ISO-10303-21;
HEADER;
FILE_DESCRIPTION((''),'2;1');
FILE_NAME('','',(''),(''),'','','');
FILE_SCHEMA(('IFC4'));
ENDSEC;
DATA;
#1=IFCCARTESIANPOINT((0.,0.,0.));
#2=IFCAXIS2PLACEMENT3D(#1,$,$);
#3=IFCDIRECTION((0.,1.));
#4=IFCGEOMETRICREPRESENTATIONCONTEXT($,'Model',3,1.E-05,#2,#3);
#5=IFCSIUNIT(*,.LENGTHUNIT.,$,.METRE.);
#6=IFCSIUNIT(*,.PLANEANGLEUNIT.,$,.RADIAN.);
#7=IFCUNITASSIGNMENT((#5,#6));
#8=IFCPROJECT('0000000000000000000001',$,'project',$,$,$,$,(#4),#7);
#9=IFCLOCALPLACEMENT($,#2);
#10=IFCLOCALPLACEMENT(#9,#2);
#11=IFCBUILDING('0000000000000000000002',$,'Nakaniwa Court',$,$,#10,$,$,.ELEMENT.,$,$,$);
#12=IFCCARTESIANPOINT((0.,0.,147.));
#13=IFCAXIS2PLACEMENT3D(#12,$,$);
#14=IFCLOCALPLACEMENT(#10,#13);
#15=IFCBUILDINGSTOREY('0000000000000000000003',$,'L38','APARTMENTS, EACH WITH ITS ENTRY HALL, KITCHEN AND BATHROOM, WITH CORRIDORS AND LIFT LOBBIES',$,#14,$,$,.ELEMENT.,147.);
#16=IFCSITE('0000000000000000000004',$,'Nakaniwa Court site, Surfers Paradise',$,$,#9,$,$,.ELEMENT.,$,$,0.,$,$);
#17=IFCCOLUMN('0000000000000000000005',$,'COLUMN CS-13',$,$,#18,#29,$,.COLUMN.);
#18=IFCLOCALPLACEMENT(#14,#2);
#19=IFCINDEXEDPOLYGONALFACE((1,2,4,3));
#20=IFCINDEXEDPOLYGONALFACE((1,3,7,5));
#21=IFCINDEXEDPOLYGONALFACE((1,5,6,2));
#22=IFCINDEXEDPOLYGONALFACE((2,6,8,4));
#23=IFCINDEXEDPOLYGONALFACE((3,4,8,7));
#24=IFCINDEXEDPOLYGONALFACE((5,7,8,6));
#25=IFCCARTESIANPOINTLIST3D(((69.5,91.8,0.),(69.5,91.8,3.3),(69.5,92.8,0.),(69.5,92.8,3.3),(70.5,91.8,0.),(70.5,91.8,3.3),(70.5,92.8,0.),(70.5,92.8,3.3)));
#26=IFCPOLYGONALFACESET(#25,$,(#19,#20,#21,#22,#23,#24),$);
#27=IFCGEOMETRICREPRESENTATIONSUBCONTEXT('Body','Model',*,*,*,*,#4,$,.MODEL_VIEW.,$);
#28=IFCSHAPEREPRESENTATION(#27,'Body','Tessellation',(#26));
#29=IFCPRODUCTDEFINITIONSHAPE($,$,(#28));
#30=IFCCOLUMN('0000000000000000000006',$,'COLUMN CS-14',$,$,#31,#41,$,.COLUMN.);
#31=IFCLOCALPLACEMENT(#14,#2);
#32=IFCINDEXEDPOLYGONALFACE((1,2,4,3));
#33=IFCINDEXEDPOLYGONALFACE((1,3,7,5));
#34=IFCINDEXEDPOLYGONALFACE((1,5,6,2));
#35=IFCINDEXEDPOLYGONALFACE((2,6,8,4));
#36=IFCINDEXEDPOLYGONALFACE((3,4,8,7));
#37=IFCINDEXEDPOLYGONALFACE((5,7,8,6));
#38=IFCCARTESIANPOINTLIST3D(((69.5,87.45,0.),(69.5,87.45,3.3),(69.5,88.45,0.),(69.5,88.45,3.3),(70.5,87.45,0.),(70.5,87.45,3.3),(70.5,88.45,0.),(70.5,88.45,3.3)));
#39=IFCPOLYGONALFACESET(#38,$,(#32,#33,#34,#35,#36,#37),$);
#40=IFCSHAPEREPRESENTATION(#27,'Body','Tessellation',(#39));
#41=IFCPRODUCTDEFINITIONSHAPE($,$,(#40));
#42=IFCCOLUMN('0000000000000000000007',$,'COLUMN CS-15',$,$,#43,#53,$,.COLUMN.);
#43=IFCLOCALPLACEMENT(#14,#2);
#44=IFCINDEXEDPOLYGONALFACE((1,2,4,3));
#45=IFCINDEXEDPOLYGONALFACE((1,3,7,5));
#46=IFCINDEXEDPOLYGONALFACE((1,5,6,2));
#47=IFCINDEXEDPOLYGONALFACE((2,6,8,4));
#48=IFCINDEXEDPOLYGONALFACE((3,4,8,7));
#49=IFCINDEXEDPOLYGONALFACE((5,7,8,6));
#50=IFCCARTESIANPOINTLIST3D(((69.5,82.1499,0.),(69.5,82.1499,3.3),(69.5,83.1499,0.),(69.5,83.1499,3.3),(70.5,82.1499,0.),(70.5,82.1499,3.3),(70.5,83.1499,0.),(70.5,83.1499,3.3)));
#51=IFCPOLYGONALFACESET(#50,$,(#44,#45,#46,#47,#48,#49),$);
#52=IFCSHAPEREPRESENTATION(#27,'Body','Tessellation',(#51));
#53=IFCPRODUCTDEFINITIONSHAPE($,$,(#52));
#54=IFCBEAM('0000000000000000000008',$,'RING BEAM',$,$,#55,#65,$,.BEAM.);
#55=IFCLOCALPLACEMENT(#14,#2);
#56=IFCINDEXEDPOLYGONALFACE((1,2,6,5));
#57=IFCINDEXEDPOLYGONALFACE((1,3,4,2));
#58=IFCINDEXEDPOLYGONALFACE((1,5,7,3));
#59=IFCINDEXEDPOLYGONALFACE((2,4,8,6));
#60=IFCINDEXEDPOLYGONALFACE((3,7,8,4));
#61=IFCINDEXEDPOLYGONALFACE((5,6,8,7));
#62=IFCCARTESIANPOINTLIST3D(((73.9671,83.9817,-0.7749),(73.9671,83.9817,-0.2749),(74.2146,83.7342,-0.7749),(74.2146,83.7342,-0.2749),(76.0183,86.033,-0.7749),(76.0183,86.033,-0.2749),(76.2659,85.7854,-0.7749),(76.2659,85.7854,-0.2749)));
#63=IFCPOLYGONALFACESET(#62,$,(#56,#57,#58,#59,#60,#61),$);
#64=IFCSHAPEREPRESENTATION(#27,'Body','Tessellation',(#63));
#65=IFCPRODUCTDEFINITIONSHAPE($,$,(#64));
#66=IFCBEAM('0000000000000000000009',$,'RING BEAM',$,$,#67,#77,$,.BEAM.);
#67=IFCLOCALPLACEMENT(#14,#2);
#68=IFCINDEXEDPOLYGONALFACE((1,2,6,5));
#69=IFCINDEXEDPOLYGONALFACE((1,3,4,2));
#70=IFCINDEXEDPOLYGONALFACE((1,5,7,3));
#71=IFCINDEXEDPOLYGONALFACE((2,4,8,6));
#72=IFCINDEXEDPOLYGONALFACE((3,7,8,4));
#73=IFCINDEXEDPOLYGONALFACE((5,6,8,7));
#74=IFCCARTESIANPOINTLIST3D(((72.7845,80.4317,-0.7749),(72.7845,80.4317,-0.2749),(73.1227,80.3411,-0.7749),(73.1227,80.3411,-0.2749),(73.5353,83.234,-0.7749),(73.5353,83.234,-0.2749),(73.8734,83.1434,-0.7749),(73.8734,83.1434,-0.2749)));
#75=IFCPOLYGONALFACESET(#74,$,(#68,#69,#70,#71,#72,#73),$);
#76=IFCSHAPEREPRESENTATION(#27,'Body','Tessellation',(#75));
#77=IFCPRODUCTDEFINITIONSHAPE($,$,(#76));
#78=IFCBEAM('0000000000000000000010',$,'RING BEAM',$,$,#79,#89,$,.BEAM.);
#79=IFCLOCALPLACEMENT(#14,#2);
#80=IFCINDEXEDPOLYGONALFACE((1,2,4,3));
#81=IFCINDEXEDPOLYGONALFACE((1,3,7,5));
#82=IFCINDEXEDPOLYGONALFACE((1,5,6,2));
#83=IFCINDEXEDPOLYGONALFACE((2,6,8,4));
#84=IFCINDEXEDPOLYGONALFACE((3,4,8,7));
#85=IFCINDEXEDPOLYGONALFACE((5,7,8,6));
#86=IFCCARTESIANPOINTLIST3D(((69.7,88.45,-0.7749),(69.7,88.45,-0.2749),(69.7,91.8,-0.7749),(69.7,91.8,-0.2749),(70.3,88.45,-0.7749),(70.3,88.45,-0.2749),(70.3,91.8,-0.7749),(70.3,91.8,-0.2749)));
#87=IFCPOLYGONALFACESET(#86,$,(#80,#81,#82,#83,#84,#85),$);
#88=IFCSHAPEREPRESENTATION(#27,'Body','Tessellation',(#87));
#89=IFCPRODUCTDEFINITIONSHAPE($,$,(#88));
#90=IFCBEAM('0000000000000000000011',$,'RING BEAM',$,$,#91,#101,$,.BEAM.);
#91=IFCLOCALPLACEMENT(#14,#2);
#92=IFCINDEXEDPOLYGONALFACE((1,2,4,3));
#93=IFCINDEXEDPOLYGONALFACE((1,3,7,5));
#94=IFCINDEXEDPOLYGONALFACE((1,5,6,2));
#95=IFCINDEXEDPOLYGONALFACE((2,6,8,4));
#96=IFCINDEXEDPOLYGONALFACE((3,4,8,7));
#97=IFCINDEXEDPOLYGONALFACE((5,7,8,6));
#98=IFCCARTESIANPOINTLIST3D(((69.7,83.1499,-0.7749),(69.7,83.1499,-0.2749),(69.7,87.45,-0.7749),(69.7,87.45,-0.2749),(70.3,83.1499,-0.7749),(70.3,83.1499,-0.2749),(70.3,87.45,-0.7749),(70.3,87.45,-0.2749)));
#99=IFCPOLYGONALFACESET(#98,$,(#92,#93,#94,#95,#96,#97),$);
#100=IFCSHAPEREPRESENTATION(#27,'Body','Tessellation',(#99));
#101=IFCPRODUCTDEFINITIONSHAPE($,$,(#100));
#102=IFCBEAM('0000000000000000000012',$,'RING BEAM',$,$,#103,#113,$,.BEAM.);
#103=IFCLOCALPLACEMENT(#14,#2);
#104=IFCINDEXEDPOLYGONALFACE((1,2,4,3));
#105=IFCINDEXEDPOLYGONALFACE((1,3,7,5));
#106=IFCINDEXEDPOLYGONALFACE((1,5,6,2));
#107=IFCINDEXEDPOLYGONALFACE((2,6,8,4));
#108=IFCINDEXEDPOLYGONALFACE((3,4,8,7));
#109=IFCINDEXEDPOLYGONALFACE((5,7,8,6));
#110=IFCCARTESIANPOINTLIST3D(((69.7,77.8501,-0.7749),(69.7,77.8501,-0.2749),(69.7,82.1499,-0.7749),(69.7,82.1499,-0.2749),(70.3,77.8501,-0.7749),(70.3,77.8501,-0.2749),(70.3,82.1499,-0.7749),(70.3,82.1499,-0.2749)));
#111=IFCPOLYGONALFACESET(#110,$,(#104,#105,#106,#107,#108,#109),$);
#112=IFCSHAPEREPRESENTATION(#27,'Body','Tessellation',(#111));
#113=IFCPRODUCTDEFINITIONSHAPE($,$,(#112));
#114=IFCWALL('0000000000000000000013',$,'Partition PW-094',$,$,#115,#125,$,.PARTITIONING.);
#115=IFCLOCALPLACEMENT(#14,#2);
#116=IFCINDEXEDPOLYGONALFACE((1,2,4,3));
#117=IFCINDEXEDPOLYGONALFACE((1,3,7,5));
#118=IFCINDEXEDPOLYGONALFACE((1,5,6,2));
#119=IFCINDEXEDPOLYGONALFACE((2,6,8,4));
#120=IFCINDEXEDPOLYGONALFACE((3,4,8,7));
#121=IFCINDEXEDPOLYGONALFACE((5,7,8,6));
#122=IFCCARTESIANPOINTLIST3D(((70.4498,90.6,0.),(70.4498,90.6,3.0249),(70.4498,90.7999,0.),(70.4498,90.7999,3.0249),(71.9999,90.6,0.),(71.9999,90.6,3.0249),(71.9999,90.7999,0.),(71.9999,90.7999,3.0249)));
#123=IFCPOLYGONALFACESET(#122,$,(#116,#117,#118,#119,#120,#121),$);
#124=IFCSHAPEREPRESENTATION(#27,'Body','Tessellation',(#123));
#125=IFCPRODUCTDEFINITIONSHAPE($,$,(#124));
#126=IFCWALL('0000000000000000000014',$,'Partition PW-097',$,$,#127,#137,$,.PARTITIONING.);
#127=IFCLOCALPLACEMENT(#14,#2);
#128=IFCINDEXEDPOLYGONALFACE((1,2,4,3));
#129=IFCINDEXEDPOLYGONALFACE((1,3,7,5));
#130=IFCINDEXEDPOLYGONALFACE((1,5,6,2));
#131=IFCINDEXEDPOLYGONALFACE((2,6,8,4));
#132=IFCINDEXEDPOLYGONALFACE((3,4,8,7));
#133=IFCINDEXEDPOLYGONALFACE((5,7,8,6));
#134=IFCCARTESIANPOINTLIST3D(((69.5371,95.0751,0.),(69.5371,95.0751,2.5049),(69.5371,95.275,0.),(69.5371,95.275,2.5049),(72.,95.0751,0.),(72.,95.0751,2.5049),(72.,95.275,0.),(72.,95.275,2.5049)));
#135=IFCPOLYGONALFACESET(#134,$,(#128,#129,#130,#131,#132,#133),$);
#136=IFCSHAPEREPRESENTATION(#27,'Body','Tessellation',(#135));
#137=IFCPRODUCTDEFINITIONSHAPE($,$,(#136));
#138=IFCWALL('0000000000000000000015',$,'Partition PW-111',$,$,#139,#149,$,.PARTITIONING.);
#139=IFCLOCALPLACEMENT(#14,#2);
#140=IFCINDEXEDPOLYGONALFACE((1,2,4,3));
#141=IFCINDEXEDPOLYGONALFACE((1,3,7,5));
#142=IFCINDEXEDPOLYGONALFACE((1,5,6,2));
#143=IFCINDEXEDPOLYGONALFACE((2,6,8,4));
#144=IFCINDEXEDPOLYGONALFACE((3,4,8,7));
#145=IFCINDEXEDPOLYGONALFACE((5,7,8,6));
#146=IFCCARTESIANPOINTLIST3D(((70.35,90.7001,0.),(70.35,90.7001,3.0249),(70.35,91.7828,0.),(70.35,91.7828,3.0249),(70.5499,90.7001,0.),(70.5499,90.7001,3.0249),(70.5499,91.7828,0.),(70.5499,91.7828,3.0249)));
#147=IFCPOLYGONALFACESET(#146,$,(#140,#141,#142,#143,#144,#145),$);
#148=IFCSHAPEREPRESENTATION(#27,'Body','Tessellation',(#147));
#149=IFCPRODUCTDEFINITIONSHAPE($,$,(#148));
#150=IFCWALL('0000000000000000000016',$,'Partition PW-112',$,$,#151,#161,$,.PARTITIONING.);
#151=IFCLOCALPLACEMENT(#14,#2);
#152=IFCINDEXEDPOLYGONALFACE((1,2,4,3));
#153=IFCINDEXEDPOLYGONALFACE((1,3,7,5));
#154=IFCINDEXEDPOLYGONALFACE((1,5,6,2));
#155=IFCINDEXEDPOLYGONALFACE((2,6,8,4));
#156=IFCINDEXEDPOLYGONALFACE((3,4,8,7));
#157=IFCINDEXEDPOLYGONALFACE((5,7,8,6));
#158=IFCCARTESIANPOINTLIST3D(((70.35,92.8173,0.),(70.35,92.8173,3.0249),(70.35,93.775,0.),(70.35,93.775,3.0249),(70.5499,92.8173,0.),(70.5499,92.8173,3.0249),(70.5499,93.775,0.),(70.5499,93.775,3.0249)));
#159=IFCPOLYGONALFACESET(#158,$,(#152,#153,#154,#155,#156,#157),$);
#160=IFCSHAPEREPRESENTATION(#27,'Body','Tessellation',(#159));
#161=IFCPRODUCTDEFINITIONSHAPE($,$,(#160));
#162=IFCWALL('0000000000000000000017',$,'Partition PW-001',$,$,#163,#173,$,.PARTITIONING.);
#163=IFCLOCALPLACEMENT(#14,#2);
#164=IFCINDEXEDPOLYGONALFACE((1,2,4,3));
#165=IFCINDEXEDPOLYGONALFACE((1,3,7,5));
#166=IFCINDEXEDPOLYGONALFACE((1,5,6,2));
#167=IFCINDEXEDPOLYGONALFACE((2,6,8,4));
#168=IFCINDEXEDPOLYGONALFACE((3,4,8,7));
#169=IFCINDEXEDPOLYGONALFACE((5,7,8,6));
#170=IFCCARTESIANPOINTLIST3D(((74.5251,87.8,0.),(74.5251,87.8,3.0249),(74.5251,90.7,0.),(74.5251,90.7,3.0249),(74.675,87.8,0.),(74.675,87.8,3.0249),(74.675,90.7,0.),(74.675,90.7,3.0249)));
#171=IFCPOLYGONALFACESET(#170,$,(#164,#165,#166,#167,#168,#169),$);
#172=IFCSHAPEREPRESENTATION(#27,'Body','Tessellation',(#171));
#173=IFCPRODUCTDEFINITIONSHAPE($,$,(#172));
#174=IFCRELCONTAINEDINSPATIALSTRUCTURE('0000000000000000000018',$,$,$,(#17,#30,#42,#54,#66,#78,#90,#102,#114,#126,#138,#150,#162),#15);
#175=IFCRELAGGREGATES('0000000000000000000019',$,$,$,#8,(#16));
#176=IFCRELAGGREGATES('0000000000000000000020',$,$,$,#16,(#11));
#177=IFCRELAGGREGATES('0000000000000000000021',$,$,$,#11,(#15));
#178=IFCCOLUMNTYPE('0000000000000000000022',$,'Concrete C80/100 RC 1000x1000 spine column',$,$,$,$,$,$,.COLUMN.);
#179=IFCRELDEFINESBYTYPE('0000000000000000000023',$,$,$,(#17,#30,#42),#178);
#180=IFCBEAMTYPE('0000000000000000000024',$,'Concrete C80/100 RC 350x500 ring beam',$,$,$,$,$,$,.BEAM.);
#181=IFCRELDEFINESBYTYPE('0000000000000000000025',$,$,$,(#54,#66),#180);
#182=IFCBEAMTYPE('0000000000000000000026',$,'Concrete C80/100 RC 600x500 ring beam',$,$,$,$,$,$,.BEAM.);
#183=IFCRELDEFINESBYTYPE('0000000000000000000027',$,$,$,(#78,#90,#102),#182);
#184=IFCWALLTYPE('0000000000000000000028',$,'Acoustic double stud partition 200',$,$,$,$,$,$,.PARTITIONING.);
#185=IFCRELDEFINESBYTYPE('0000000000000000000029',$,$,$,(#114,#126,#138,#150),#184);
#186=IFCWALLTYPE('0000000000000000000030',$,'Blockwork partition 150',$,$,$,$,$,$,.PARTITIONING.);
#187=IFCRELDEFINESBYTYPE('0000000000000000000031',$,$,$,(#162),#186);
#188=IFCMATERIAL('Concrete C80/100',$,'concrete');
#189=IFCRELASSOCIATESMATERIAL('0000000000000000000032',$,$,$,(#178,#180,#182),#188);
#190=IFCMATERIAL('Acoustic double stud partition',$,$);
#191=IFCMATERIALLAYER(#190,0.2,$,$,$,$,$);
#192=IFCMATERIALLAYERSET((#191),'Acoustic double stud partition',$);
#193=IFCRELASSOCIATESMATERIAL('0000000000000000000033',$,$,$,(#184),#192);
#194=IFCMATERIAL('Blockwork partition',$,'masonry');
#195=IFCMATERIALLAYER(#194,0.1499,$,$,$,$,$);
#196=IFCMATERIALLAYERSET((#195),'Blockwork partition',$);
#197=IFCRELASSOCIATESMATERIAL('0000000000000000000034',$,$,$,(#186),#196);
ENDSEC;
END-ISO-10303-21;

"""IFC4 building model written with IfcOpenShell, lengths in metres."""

from ifc_helpers import new_model, si_unit, direction, frame, frame_2d, origin, origin_2d, place, context, subcontext, project, spatial, rectangle, extrude, material, layer, layer_set, material_profile, profile_set, type_object, element, save


model = new_model("IFC4")

# Units and contexts
model_context = context("Model", 3, precision=1e-05, world=origin(), true_north=direction((0.0, 1.0)))
body_context = subcontext(model_context, "Body", "Model", "MODEL_VIEW")
ifc_project = project(units=[si_unit("LENGTHUNIT", "METRE"), si_unit("PLANEANGLEUNIT", "RADIAN")], contexts=[model_context])

# Site, building, storey
site_placement = place(None, origin())
site = spatial("IfcSite", under=ifc_project, at=site_placement, Name="Nakaniwa Court site, Surfers Paradise", CompositionType="ELEMENT", RefElevation=0.0)
building_placement = place(site_placement, origin())
building = spatial("IfcBuilding", under=site, at=building_placement, Name="Nakaniwa Court", CompositionType="ELEMENT")
storey_placement = place(building_placement, frame((0.0, 0.0, 147.0)))
storey = spatial("IfcBuildingStorey", under=building, at=storey_placement, Name="L38", Description="APARTMENTS, EACH WITH ITS ENTRY HALL, KITCHEN AND BATHROOM, WITH CORRIDORS AND LIFT LOBBIES", CompositionType="ELEMENT", Elevation=147.0)

# Columns
ifc_material_1 = material(Name="Concrete C80/100", Category="concrete")
ifc_material_profile_1 = material_profile(ifc_material_1, rectangle(XDim=1.0, YDim=1.0, at=origin_2d()), Name="Concrete C80/100 RC 1000x1000 spine column")
ifc_profile_set_1 = profile_set([ifc_material_profile_1], Name="Concrete C80/100")
column_type_1 = type_object("IfcColumnType", Name="Concrete C80/100 RC 1000x1000 spine column", PredefinedType="COLUMN", material=ifc_profile_set_1)
for number, where, z_axis, x_axis, name in (
    (1, (70.0, 92.3, 0.0), (0.0, 0.0, 1.0), (0.0, -1.0, 0.0), "COLUMN CS-13"),
    (2, (70.0, 87.95, 0.0), (0.0, 0.0, 1.0), (0.0, -1.0, 0.0), "COLUMN CS-14"),
    (3, (70.0, 82.6499, 0.0), (0.0, 0.0, 1.0), (0.0, -1.0, 0.0), "COLUMN CS-15"),
):
    element("IfcColumn", number, at=place(storey_placement, frame(where, z_axis=z_axis, x_axis=x_axis)), inside=storey, type_object=column_type_1, Name=name, PredefinedType="COLUMN", context=body_context, shape_type="SweptSolid", body=[
        extrude(rectangle(XDim=1.0, YDim=1.0, at=origin_2d()), origin(), (0.0, 0.0, 1.0), 3.3),
    ])

# Beams
ifc_material_profile_2 = material_profile(ifc_material_1, rectangle(XDim=0.3501, YDim=0.5, at=origin_2d()), Name="Concrete C80/100 RC 350x500 ring beam")
ifc_profile_set_2 = profile_set([ifc_material_profile_2], Name="Concrete C80/100")
beam_type_1 = type_object("IfcBeamType", Name="Concrete C80/100 RC 350x500 ring beam", PredefinedType="BEAM", material=ifc_profile_set_2)
beam_1_placement = place(storey_placement, frame((76.1421, 85.9092, -0.5249), z_axis=(-0.707107, -0.707107, 0.0), x_axis=(0.707107, -0.707107, 0.0)))
element("IfcBeam", 4, at=beam_1_placement, inside=storey, type_object=beam_type_1, Name="RING BEAM", PredefinedType="BEAM", context=body_context, shape_type="SweptSolid", body=[
    extrude(rectangle(XDim=0.3501, YDim=0.5, at=origin_2d()), origin(), (0.0, 0.0, 1.0), 2.9009),
])
beam_2_placement = place(storey_placement, frame((73.7043, 83.1887, -0.5249), z_axis=(-0.258778, -0.965937, 0.0), x_axis=(0.965937, -0.258778, 0.0)))
element("IfcBeam", 5, at=beam_2_placement, inside=storey, type_object=beam_type_1, Name="RING BEAM", PredefinedType="BEAM", context=body_context, shape_type="SweptSolid", body=[
    extrude(rectangle(XDim=0.3501, YDim=0.5, at=origin_2d()), origin(), (0.0, 0.0, 1.0), 2.9011),
])
ifc_material_profile_3 = material_profile(ifc_material_1, rectangle(XDim=0.6001, YDim=0.5, at=origin_2d()), Name="Concrete C80/100 RC 600x500 ring beam")
ifc_profile_set_3 = profile_set([ifc_material_profile_3], Name="Concrete C80/100")
beam_type_2 = type_object("IfcBeamType", Name="Concrete C80/100 RC 600x500 ring beam", PredefinedType="BEAM", material=ifc_profile_set_3)
beam_3_placement = place(storey_placement, frame((70.0, 91.8, -0.5249), z_axis=(0.0, -1.0, 0.0), x_axis=(1.0, 0.0, 0.0)))
element("IfcBeam", 6, at=beam_3_placement, inside=storey, type_object=beam_type_2, Name="RING BEAM", PredefinedType="BEAM", context=body_context, shape_type="SweptSolid", body=[
    extrude(rectangle(XDim=0.6001, YDim=0.5, at=origin_2d()), origin(), (0.0, 0.0, 1.0), 3.3501),
])
beam_4_placement = place(storey_placement, frame((70.0, 87.45, -0.5249), z_axis=(0.0, -1.0, 0.0), x_axis=(1.0, 0.0, 0.0)))
element("IfcBeam", 7, at=beam_4_placement, inside=storey, type_object=beam_type_2, Name="RING BEAM", PredefinedType="BEAM", context=body_context, shape_type="SweptSolid", body=[
    extrude(rectangle(XDim=0.6001, YDim=0.5, at=origin_2d()), origin(), (0.0, 0.0, 1.0), 4.3),
])
beam_5_placement = place(storey_placement, frame((70.0, 82.1499, -0.5249), z_axis=(0.0, -1.0, 0.0), x_axis=(1.0, 0.0, 0.0)))
element("IfcBeam", 8, at=beam_5_placement, inside=storey, type_object=beam_type_2, Name="RING BEAM", PredefinedType="BEAM", context=body_context, shape_type="SweptSolid", body=[
    extrude(rectangle(XDim=0.6001, YDim=0.5, at=origin_2d()), origin(), (0.0, 0.0, 1.0), 4.2998),
])

# Walls
ifc_material_2 = material(Name="Acoustic double stud partition")
ifc_layer_1 = layer(ifc_material_2, 0.2)
ifc_layer_set_1 = layer_set([ifc_layer_1], Name="Acoustic double stud partition")
wall_type_1 = type_object("IfcWallType", Name="Acoustic double stud partition 200", PredefinedType="PARTITIONING", material=ifc_layer_set_1)
wall_1_placement = place(storey_placement, frame((70.45, 90.7, 0.0), z_axis=(0.0, 0.0, 1.0), x_axis=(1.0, 0.0, 0.0)))
element("IfcWall", 9, at=wall_1_placement, inside=storey, type_object=wall_type_1, Name="Partition PW-094", PredefinedType="PARTITIONING", context=body_context, shape_type="SweptSolid", body=[
    extrude(rectangle(XDim=1.55, YDim=0.2, at=frame_2d((0.7749, 0.0))), origin(), (0.0, 0.0, 1.0), 3.0249),
])
wall_2_placement = place(storey_placement, frame((69.5371, 95.175, 0.0), z_axis=(0.0, 0.0, 1.0), x_axis=(1.0, 0.0, 0.0)))
element("IfcWall", 10, at=wall_2_placement, inside=storey, type_object=wall_type_1, Name="Partition PW-097", PredefinedType="PARTITIONING", context=body_context, shape_type="SweptSolid", body=[
    extrude(rectangle(XDim=2.4629, YDim=0.2, at=frame_2d((1.2314, 0.0))), origin(), (0.0, 0.0, 1.0), 2.5049),
])
wall_3_placement = place(storey_placement, frame((70.45, 90.7, 0.0), z_axis=(0.0, 0.0, 1.0), x_axis=(0.0, 1.0, 0.0)))
element("IfcWall", 11, at=wall_3_placement, inside=storey, type_object=wall_type_1, Name="Partition PW-111", PredefinedType="PARTITIONING", context=body_context, shape_type="SweptSolid", body=[
    extrude(rectangle(XDim=1.0828, YDim=0.2, at=frame_2d((0.5415, 0.0))), origin(), (0.0, 0.0, 1.0), 3.0249),
])
wall_4_placement = place(storey_placement, frame((70.45, 92.8171, 0.0), z_axis=(0.0, 0.0, 1.0), x_axis=(0.0, 1.0, 0.0)))
element("IfcWall", 12, at=wall_4_placement, inside=storey, type_object=wall_type_1, Name="Partition PW-112", PredefinedType="PARTITIONING", context=body_context, shape_type="SweptSolid", body=[
    extrude(rectangle(XDim=0.9578, YDim=0.2, at=frame_2d((0.479, 0.0))), origin(), (0.0, 0.0, 1.0), 3.0249),
])
ifc_material_3 = material(Name="Blockwork partition", Category="masonry")
ifc_layer_2 = layer(ifc_material_3, 0.1499)
ifc_layer_set_2 = layer_set([ifc_layer_2], Name="Blockwork partition")
wall_type_2 = type_object("IfcWallType", Name="Blockwork partition 150", PredefinedType="PARTITIONING", material=ifc_layer_set_2)
wall_5_placement = place(storey_placement, frame((74.6001, 87.8, 0.0), z_axis=(0.0, 0.0, 1.0), x_axis=(0.0, 1.0, 0.0)))
element("IfcWall", 13, at=wall_5_placement, inside=storey, type_object=wall_type_2, Name="Partition PW-001", PredefinedType="PARTITIONING", context=body_context, shape_type="SweptSolid", body=[
    extrude(rectangle(XDim=2.8999, YDim=0.1499, at=frame_2d((1.45, 0.0))), origin(), (0.0, 0.0, 1.0), 3.0249),
])

save(model, "model.ifc")
